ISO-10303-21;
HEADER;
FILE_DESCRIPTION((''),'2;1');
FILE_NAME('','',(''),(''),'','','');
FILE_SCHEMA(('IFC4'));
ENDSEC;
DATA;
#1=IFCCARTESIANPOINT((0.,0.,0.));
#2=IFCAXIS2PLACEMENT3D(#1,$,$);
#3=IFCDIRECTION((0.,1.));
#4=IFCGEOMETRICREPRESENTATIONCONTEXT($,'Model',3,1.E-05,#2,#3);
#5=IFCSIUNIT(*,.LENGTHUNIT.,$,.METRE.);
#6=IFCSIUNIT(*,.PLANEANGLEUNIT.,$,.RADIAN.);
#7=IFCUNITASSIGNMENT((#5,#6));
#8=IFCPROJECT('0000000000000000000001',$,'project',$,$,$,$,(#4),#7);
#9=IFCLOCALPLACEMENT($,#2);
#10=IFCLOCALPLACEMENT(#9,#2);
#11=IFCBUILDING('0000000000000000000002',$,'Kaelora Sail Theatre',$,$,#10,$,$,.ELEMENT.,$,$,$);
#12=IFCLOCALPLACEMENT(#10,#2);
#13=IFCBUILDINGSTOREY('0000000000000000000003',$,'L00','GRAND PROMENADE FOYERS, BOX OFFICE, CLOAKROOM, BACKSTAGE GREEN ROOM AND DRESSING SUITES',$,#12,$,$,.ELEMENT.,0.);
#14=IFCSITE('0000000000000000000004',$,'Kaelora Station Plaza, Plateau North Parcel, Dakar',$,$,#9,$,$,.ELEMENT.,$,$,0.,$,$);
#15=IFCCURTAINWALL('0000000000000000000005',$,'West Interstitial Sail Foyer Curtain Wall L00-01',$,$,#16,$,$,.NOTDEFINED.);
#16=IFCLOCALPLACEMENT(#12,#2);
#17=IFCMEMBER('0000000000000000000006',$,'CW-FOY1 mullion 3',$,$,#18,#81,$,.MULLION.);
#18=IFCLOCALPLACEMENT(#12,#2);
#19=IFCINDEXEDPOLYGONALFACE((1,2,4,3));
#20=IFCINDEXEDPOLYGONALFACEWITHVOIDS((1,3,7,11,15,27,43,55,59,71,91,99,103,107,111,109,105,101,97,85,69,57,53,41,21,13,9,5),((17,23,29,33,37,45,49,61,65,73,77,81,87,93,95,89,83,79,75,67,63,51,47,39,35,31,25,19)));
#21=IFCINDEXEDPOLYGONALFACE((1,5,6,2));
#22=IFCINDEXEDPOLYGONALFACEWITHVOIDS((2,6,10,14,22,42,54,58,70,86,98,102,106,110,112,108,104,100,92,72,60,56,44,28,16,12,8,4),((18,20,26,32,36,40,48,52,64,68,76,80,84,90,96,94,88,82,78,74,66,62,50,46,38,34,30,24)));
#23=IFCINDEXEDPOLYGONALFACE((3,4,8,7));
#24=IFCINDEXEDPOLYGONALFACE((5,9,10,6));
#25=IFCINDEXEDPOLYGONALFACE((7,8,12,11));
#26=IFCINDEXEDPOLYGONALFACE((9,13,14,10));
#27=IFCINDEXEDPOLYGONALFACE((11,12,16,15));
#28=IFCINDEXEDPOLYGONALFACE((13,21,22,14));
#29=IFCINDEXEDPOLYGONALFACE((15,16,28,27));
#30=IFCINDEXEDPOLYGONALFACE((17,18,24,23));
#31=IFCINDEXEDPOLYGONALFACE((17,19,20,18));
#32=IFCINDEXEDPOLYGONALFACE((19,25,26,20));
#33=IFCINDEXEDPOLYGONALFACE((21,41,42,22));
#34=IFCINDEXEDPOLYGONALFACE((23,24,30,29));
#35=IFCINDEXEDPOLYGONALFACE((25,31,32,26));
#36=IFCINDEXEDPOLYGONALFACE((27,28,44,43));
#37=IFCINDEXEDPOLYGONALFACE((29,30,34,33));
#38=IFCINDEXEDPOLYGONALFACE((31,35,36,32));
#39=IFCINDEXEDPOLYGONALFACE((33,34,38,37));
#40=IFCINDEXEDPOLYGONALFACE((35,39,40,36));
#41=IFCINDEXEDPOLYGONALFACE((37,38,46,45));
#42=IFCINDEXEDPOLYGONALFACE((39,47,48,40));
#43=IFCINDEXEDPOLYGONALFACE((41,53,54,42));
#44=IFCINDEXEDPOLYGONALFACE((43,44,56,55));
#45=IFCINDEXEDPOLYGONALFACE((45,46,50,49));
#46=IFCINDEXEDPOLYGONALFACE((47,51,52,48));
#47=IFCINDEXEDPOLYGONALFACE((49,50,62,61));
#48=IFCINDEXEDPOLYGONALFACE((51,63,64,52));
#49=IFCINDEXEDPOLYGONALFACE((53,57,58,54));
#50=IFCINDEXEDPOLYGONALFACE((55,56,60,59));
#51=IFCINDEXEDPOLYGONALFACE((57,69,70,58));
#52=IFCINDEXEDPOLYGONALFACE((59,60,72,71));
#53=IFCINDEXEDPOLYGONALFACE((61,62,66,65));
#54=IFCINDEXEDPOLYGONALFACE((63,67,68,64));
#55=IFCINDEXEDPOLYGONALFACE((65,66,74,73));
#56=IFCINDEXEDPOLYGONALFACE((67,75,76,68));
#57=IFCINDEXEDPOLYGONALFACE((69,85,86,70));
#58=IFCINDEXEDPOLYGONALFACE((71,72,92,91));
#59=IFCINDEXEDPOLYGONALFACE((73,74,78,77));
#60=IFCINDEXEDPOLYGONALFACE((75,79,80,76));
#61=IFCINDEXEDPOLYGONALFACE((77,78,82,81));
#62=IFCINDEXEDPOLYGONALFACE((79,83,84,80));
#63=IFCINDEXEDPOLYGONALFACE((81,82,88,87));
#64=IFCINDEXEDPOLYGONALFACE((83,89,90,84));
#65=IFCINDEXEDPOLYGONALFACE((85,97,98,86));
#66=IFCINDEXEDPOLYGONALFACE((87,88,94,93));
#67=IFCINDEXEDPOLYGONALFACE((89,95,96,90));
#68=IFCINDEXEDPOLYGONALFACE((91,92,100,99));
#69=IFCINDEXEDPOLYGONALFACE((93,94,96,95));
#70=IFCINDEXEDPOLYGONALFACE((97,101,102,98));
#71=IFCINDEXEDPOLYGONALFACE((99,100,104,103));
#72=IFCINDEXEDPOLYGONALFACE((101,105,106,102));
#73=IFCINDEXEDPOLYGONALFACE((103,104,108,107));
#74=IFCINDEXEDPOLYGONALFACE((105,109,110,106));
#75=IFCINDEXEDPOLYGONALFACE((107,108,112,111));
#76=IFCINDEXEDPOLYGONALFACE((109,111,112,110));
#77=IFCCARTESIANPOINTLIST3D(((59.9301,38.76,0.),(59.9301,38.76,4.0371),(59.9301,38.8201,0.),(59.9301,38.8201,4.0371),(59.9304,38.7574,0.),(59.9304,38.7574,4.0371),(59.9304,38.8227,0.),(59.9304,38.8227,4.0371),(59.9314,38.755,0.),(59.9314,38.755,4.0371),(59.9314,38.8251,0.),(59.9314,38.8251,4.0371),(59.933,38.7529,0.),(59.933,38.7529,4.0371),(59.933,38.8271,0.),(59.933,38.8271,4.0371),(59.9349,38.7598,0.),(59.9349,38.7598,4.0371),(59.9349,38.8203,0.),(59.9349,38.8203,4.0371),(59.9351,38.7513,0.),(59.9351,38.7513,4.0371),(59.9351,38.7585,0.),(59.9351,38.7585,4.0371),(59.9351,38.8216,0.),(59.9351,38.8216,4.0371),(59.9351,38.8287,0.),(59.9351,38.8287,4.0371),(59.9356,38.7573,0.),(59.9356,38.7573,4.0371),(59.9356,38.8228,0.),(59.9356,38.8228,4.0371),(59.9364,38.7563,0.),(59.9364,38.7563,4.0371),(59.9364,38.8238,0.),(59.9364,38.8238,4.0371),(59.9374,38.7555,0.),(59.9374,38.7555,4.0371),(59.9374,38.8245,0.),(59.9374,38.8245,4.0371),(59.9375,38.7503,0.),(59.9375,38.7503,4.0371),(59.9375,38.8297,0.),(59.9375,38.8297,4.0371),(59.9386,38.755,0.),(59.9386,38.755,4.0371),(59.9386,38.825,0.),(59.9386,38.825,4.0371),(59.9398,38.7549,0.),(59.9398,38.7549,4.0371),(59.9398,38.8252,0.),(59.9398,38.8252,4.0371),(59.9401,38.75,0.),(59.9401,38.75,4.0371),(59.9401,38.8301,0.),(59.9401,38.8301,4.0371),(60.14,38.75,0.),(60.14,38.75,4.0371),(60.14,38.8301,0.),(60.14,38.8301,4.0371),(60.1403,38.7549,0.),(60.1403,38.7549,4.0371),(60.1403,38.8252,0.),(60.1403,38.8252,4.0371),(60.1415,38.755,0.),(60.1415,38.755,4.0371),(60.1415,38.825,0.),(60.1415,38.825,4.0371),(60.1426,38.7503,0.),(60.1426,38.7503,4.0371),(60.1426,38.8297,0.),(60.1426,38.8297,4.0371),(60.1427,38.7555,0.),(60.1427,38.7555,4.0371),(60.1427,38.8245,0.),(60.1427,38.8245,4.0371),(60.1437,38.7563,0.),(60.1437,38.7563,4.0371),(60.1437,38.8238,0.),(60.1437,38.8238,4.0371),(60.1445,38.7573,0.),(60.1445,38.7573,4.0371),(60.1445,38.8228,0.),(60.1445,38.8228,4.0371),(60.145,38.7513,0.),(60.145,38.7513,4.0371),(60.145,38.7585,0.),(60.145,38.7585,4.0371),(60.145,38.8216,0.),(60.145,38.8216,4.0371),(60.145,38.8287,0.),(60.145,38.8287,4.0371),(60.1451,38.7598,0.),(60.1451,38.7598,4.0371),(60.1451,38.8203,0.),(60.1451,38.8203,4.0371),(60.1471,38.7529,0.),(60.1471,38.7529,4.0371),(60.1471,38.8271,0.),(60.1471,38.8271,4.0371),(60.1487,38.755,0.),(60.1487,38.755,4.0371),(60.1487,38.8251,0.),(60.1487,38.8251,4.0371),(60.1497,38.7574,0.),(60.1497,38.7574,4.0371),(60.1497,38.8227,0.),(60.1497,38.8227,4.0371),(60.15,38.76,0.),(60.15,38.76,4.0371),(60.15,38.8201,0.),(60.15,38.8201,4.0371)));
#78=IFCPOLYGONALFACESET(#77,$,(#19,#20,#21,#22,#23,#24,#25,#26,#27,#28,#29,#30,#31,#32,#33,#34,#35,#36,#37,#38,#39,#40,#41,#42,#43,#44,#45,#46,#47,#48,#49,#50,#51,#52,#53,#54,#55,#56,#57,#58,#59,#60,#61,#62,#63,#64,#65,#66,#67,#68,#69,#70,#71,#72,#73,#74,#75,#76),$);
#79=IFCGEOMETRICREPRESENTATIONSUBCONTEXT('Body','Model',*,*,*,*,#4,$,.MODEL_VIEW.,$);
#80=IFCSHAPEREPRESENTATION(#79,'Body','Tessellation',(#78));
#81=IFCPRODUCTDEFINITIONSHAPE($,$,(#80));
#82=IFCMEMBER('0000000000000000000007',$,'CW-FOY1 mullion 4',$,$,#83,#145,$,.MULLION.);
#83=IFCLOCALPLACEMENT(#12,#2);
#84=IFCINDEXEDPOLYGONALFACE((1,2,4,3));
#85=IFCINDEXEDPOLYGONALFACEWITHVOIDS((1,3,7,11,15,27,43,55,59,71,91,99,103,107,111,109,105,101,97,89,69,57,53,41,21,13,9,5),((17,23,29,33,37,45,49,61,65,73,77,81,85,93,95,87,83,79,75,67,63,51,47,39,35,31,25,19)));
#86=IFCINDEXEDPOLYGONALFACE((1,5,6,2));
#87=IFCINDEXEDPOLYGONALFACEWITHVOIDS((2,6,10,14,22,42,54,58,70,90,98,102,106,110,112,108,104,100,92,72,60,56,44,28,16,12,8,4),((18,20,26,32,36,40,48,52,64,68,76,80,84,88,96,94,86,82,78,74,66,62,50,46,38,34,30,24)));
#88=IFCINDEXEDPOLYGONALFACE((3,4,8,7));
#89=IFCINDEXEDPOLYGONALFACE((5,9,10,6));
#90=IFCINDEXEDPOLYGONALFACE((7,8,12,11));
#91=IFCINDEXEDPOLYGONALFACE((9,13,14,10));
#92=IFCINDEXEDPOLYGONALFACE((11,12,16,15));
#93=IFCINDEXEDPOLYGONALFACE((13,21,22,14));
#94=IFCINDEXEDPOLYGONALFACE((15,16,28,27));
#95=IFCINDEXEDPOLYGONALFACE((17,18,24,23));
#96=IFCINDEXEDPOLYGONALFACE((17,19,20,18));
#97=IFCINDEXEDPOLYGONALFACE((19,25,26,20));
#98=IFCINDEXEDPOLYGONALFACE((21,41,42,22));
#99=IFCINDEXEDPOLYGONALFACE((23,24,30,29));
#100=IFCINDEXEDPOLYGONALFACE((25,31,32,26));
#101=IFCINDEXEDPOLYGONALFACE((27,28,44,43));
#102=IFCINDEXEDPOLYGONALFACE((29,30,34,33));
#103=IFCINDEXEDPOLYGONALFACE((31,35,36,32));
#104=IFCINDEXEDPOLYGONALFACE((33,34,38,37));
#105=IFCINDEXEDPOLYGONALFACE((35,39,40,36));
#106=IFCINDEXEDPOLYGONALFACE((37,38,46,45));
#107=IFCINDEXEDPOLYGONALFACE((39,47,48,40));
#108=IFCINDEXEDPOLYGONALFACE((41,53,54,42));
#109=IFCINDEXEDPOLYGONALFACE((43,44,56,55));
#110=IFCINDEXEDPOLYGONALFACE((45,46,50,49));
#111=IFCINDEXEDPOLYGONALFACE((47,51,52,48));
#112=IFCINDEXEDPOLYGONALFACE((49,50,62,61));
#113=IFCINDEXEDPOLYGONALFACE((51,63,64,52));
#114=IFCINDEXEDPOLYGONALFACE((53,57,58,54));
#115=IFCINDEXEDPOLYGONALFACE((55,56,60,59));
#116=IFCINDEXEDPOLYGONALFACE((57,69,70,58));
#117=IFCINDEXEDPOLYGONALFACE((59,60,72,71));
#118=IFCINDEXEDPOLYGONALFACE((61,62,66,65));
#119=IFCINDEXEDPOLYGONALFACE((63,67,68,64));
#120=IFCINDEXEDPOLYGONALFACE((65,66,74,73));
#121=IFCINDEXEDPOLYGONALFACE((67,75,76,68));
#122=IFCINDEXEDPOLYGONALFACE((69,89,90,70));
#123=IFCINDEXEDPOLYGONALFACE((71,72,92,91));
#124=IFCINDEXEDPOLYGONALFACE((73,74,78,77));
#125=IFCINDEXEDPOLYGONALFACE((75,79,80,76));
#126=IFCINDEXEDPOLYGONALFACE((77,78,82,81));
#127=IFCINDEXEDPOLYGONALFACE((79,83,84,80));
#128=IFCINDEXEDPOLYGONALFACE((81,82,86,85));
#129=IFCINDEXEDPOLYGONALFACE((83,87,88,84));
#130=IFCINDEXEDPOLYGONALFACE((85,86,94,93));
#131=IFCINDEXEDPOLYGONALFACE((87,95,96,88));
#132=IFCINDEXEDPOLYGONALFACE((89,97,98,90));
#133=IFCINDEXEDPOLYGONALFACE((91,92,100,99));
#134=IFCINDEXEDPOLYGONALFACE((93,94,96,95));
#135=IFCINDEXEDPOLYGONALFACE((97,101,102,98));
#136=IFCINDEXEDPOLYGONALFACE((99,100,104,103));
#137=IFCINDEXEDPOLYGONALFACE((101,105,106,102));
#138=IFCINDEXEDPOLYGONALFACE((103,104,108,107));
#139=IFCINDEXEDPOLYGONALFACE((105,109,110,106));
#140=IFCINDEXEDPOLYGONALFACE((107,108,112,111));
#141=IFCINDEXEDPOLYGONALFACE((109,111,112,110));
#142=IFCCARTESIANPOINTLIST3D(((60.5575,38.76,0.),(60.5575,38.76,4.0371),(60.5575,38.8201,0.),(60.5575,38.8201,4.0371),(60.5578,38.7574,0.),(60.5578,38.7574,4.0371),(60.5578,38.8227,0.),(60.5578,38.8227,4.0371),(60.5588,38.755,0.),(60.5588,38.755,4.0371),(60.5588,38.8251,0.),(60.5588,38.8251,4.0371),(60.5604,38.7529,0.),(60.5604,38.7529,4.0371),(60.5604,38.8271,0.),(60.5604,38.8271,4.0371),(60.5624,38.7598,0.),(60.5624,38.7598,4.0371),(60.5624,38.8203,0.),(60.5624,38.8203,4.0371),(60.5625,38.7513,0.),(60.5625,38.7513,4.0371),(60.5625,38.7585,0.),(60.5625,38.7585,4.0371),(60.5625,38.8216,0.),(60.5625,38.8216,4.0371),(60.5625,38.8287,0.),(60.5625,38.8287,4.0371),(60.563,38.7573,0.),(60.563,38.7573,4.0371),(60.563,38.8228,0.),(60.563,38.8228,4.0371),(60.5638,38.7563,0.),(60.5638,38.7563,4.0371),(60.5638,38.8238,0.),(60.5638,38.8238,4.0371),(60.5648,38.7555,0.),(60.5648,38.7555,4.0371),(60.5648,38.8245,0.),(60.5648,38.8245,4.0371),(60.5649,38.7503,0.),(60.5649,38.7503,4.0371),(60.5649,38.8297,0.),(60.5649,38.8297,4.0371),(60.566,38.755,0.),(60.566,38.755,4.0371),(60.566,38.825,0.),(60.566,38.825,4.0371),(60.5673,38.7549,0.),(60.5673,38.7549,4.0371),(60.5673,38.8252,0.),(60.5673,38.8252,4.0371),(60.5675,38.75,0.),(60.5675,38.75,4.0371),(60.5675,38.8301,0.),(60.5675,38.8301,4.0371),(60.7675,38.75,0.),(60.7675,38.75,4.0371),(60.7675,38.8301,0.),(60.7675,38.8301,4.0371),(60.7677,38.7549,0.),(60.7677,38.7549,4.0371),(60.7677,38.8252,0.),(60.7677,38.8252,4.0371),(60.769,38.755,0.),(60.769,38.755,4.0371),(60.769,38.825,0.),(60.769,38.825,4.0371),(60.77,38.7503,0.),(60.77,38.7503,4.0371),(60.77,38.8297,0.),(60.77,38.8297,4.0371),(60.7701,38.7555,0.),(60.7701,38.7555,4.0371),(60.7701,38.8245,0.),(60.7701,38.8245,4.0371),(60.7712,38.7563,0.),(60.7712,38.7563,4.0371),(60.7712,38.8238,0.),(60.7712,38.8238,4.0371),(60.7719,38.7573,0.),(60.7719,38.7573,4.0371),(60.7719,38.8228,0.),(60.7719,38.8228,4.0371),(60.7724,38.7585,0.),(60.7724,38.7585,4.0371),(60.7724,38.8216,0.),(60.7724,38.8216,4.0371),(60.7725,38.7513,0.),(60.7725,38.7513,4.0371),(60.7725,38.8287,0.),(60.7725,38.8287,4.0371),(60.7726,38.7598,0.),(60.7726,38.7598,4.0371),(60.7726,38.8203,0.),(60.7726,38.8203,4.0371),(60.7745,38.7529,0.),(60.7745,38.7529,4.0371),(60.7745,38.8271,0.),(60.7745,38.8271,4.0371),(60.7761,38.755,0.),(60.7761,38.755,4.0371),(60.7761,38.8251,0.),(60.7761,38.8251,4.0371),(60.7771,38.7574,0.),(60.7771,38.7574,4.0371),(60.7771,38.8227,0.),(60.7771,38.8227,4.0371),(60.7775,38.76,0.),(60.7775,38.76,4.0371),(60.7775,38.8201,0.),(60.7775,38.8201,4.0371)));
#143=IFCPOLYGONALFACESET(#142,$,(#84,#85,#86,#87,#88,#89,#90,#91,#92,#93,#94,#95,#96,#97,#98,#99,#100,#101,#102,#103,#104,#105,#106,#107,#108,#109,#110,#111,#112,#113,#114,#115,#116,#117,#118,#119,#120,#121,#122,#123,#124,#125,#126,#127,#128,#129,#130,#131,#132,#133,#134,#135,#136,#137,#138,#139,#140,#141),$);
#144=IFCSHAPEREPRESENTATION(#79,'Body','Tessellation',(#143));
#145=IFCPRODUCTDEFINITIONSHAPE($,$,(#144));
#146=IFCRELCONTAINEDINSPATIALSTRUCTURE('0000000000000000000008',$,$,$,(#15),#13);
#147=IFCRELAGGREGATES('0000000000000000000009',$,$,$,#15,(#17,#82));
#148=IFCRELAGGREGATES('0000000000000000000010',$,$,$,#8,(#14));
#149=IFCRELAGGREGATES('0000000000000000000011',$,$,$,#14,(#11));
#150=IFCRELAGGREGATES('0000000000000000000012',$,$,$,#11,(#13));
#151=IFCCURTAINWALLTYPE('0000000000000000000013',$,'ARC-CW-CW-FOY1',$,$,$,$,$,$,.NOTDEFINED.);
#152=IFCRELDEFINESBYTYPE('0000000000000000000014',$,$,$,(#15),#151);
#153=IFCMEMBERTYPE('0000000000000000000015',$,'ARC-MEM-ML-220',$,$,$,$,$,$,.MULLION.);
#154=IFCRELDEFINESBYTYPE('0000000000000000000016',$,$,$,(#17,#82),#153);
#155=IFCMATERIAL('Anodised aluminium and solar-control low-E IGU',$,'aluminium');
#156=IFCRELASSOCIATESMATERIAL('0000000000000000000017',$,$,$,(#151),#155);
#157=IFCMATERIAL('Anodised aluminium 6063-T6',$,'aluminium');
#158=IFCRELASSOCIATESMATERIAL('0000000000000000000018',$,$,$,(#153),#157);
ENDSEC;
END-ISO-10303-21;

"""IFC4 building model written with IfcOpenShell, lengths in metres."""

from ifc_helpers import new_model, si_unit, direction, frame, origin, origin_2d, place, context, subcontext, project, spatial, hollow_rectangle, extrude, material, material_profile, profile_set, type_object, element, aggregate, save


model = new_model("IFC4")

# Units and contexts
model_context = context("Model", 3, precision=1e-05, world=origin(), true_north=direction((0.0, 1.0)))
body_context = subcontext(model_context, "Body", "Model", "MODEL_VIEW")
ifc_project = project(units=[si_unit("LENGTHUNIT", "METRE"), si_unit("PLANEANGLEUNIT", "RADIAN")], contexts=[model_context])

# Site, building, storey
site_placement = place(None, origin())
site = spatial("IfcSite", under=ifc_project, at=site_placement, Name="Kaelora Station Plaza, Plateau North Parcel, Dakar", CompositionType="ELEMENT", RefElevation=0.0)
building_placement = place(site_placement, origin())
building = spatial("IfcBuilding", under=site, at=building_placement, Name="Kaelora Sail Theatre", CompositionType="ELEMENT")
storey_placement = place(building_placement, origin())
storey = spatial("IfcBuildingStorey", under=building, at=storey_placement, Name="L00", Description="GRAND PROMENADE FOYERS, BOX OFFICE, CLOAKROOM, BACKSTAGE GREEN ROOM AND DRESSING SUITES", CompositionType="ELEMENT", Elevation=0.0)

# Curtain wall, members
ifc_material_1 = material(Name="Anodised aluminium and solar-control low-E IGU", Category="aluminium")
curtain_wall_type = type_object("IfcCurtainWallType", Name="ARC-CW-CW-FOY1", PredefinedType="NOTDEFINED", material=ifc_material_1)
curtain_wall_placement = place(storey_placement, origin())
curtain_wall = element("IfcCurtainWall", 1, at=curtain_wall_placement, inside=storey, type_object=curtain_wall_type, Name="West Interstitial Sail Foyer Curtain Wall L00-01", PredefinedType="NOTDEFINED")
ifc_material_2 = material(Name="Anodised aluminium 6063-T6", Category="aluminium")
ifc_material_profile_1 = material_profile(ifc_material_2, hollow_rectangle(XDim=0.0801, YDim=0.22, WallThickness=0.0049, InnerFilletRadius=0.0049, OuterFilletRadius=0.01, at=origin_2d()), Name="ALU-MULL 80x220x5")
ifc_profile_set_1 = profile_set([ifc_material_profile_1], Name="Anodised aluminium 6063-T6")
member_type_1 = type_object("IfcMemberType", Name="ARC-MEM-ML-220", PredefinedType="MULLION", material=ifc_profile_set_1)
member_1_placement = place(storey_placement, frame((60.04, 38.79, 0.0), z_axis=(0.0, 0.0, 1.0), x_axis=(0.0, 1.0, 0.0)))
member_1 = element("IfcMember", 2, at=member_1_placement, type_object=member_type_1, Name="CW-FOY1 mullion 3", PredefinedType="MULLION", context=body_context, shape_type="SweptSolid", body=[
    extrude(hollow_rectangle(XDim=0.0801, YDim=0.22, WallThickness=0.0049, InnerFilletRadius=0.0049, OuterFilletRadius=0.01, at=origin_2d()), origin(), (0.0, 0.0, 1.0), 4.0371),
])
member_2_placement = place(storey_placement, frame((60.6675, 38.79, 0.0), z_axis=(0.0, 0.0, 1.0), x_axis=(0.0, 1.0, 0.0)))
member_2 = element("IfcMember", 3, at=member_2_placement, type_object=member_type_1, Name="CW-FOY1 mullion 4", PredefinedType="MULLION", context=body_context, shape_type="SweptSolid", body=[
    extrude(hollow_rectangle(XDim=0.0801, YDim=0.22, WallThickness=0.0049, InnerFilletRadius=0.0049, OuterFilletRadius=0.01, at=origin_2d()), origin(), (0.0, 0.0, 1.0), 4.0371),
])
aggregate(curtain_wall, [member_1, member_2])

save(model, "model.ifc")
